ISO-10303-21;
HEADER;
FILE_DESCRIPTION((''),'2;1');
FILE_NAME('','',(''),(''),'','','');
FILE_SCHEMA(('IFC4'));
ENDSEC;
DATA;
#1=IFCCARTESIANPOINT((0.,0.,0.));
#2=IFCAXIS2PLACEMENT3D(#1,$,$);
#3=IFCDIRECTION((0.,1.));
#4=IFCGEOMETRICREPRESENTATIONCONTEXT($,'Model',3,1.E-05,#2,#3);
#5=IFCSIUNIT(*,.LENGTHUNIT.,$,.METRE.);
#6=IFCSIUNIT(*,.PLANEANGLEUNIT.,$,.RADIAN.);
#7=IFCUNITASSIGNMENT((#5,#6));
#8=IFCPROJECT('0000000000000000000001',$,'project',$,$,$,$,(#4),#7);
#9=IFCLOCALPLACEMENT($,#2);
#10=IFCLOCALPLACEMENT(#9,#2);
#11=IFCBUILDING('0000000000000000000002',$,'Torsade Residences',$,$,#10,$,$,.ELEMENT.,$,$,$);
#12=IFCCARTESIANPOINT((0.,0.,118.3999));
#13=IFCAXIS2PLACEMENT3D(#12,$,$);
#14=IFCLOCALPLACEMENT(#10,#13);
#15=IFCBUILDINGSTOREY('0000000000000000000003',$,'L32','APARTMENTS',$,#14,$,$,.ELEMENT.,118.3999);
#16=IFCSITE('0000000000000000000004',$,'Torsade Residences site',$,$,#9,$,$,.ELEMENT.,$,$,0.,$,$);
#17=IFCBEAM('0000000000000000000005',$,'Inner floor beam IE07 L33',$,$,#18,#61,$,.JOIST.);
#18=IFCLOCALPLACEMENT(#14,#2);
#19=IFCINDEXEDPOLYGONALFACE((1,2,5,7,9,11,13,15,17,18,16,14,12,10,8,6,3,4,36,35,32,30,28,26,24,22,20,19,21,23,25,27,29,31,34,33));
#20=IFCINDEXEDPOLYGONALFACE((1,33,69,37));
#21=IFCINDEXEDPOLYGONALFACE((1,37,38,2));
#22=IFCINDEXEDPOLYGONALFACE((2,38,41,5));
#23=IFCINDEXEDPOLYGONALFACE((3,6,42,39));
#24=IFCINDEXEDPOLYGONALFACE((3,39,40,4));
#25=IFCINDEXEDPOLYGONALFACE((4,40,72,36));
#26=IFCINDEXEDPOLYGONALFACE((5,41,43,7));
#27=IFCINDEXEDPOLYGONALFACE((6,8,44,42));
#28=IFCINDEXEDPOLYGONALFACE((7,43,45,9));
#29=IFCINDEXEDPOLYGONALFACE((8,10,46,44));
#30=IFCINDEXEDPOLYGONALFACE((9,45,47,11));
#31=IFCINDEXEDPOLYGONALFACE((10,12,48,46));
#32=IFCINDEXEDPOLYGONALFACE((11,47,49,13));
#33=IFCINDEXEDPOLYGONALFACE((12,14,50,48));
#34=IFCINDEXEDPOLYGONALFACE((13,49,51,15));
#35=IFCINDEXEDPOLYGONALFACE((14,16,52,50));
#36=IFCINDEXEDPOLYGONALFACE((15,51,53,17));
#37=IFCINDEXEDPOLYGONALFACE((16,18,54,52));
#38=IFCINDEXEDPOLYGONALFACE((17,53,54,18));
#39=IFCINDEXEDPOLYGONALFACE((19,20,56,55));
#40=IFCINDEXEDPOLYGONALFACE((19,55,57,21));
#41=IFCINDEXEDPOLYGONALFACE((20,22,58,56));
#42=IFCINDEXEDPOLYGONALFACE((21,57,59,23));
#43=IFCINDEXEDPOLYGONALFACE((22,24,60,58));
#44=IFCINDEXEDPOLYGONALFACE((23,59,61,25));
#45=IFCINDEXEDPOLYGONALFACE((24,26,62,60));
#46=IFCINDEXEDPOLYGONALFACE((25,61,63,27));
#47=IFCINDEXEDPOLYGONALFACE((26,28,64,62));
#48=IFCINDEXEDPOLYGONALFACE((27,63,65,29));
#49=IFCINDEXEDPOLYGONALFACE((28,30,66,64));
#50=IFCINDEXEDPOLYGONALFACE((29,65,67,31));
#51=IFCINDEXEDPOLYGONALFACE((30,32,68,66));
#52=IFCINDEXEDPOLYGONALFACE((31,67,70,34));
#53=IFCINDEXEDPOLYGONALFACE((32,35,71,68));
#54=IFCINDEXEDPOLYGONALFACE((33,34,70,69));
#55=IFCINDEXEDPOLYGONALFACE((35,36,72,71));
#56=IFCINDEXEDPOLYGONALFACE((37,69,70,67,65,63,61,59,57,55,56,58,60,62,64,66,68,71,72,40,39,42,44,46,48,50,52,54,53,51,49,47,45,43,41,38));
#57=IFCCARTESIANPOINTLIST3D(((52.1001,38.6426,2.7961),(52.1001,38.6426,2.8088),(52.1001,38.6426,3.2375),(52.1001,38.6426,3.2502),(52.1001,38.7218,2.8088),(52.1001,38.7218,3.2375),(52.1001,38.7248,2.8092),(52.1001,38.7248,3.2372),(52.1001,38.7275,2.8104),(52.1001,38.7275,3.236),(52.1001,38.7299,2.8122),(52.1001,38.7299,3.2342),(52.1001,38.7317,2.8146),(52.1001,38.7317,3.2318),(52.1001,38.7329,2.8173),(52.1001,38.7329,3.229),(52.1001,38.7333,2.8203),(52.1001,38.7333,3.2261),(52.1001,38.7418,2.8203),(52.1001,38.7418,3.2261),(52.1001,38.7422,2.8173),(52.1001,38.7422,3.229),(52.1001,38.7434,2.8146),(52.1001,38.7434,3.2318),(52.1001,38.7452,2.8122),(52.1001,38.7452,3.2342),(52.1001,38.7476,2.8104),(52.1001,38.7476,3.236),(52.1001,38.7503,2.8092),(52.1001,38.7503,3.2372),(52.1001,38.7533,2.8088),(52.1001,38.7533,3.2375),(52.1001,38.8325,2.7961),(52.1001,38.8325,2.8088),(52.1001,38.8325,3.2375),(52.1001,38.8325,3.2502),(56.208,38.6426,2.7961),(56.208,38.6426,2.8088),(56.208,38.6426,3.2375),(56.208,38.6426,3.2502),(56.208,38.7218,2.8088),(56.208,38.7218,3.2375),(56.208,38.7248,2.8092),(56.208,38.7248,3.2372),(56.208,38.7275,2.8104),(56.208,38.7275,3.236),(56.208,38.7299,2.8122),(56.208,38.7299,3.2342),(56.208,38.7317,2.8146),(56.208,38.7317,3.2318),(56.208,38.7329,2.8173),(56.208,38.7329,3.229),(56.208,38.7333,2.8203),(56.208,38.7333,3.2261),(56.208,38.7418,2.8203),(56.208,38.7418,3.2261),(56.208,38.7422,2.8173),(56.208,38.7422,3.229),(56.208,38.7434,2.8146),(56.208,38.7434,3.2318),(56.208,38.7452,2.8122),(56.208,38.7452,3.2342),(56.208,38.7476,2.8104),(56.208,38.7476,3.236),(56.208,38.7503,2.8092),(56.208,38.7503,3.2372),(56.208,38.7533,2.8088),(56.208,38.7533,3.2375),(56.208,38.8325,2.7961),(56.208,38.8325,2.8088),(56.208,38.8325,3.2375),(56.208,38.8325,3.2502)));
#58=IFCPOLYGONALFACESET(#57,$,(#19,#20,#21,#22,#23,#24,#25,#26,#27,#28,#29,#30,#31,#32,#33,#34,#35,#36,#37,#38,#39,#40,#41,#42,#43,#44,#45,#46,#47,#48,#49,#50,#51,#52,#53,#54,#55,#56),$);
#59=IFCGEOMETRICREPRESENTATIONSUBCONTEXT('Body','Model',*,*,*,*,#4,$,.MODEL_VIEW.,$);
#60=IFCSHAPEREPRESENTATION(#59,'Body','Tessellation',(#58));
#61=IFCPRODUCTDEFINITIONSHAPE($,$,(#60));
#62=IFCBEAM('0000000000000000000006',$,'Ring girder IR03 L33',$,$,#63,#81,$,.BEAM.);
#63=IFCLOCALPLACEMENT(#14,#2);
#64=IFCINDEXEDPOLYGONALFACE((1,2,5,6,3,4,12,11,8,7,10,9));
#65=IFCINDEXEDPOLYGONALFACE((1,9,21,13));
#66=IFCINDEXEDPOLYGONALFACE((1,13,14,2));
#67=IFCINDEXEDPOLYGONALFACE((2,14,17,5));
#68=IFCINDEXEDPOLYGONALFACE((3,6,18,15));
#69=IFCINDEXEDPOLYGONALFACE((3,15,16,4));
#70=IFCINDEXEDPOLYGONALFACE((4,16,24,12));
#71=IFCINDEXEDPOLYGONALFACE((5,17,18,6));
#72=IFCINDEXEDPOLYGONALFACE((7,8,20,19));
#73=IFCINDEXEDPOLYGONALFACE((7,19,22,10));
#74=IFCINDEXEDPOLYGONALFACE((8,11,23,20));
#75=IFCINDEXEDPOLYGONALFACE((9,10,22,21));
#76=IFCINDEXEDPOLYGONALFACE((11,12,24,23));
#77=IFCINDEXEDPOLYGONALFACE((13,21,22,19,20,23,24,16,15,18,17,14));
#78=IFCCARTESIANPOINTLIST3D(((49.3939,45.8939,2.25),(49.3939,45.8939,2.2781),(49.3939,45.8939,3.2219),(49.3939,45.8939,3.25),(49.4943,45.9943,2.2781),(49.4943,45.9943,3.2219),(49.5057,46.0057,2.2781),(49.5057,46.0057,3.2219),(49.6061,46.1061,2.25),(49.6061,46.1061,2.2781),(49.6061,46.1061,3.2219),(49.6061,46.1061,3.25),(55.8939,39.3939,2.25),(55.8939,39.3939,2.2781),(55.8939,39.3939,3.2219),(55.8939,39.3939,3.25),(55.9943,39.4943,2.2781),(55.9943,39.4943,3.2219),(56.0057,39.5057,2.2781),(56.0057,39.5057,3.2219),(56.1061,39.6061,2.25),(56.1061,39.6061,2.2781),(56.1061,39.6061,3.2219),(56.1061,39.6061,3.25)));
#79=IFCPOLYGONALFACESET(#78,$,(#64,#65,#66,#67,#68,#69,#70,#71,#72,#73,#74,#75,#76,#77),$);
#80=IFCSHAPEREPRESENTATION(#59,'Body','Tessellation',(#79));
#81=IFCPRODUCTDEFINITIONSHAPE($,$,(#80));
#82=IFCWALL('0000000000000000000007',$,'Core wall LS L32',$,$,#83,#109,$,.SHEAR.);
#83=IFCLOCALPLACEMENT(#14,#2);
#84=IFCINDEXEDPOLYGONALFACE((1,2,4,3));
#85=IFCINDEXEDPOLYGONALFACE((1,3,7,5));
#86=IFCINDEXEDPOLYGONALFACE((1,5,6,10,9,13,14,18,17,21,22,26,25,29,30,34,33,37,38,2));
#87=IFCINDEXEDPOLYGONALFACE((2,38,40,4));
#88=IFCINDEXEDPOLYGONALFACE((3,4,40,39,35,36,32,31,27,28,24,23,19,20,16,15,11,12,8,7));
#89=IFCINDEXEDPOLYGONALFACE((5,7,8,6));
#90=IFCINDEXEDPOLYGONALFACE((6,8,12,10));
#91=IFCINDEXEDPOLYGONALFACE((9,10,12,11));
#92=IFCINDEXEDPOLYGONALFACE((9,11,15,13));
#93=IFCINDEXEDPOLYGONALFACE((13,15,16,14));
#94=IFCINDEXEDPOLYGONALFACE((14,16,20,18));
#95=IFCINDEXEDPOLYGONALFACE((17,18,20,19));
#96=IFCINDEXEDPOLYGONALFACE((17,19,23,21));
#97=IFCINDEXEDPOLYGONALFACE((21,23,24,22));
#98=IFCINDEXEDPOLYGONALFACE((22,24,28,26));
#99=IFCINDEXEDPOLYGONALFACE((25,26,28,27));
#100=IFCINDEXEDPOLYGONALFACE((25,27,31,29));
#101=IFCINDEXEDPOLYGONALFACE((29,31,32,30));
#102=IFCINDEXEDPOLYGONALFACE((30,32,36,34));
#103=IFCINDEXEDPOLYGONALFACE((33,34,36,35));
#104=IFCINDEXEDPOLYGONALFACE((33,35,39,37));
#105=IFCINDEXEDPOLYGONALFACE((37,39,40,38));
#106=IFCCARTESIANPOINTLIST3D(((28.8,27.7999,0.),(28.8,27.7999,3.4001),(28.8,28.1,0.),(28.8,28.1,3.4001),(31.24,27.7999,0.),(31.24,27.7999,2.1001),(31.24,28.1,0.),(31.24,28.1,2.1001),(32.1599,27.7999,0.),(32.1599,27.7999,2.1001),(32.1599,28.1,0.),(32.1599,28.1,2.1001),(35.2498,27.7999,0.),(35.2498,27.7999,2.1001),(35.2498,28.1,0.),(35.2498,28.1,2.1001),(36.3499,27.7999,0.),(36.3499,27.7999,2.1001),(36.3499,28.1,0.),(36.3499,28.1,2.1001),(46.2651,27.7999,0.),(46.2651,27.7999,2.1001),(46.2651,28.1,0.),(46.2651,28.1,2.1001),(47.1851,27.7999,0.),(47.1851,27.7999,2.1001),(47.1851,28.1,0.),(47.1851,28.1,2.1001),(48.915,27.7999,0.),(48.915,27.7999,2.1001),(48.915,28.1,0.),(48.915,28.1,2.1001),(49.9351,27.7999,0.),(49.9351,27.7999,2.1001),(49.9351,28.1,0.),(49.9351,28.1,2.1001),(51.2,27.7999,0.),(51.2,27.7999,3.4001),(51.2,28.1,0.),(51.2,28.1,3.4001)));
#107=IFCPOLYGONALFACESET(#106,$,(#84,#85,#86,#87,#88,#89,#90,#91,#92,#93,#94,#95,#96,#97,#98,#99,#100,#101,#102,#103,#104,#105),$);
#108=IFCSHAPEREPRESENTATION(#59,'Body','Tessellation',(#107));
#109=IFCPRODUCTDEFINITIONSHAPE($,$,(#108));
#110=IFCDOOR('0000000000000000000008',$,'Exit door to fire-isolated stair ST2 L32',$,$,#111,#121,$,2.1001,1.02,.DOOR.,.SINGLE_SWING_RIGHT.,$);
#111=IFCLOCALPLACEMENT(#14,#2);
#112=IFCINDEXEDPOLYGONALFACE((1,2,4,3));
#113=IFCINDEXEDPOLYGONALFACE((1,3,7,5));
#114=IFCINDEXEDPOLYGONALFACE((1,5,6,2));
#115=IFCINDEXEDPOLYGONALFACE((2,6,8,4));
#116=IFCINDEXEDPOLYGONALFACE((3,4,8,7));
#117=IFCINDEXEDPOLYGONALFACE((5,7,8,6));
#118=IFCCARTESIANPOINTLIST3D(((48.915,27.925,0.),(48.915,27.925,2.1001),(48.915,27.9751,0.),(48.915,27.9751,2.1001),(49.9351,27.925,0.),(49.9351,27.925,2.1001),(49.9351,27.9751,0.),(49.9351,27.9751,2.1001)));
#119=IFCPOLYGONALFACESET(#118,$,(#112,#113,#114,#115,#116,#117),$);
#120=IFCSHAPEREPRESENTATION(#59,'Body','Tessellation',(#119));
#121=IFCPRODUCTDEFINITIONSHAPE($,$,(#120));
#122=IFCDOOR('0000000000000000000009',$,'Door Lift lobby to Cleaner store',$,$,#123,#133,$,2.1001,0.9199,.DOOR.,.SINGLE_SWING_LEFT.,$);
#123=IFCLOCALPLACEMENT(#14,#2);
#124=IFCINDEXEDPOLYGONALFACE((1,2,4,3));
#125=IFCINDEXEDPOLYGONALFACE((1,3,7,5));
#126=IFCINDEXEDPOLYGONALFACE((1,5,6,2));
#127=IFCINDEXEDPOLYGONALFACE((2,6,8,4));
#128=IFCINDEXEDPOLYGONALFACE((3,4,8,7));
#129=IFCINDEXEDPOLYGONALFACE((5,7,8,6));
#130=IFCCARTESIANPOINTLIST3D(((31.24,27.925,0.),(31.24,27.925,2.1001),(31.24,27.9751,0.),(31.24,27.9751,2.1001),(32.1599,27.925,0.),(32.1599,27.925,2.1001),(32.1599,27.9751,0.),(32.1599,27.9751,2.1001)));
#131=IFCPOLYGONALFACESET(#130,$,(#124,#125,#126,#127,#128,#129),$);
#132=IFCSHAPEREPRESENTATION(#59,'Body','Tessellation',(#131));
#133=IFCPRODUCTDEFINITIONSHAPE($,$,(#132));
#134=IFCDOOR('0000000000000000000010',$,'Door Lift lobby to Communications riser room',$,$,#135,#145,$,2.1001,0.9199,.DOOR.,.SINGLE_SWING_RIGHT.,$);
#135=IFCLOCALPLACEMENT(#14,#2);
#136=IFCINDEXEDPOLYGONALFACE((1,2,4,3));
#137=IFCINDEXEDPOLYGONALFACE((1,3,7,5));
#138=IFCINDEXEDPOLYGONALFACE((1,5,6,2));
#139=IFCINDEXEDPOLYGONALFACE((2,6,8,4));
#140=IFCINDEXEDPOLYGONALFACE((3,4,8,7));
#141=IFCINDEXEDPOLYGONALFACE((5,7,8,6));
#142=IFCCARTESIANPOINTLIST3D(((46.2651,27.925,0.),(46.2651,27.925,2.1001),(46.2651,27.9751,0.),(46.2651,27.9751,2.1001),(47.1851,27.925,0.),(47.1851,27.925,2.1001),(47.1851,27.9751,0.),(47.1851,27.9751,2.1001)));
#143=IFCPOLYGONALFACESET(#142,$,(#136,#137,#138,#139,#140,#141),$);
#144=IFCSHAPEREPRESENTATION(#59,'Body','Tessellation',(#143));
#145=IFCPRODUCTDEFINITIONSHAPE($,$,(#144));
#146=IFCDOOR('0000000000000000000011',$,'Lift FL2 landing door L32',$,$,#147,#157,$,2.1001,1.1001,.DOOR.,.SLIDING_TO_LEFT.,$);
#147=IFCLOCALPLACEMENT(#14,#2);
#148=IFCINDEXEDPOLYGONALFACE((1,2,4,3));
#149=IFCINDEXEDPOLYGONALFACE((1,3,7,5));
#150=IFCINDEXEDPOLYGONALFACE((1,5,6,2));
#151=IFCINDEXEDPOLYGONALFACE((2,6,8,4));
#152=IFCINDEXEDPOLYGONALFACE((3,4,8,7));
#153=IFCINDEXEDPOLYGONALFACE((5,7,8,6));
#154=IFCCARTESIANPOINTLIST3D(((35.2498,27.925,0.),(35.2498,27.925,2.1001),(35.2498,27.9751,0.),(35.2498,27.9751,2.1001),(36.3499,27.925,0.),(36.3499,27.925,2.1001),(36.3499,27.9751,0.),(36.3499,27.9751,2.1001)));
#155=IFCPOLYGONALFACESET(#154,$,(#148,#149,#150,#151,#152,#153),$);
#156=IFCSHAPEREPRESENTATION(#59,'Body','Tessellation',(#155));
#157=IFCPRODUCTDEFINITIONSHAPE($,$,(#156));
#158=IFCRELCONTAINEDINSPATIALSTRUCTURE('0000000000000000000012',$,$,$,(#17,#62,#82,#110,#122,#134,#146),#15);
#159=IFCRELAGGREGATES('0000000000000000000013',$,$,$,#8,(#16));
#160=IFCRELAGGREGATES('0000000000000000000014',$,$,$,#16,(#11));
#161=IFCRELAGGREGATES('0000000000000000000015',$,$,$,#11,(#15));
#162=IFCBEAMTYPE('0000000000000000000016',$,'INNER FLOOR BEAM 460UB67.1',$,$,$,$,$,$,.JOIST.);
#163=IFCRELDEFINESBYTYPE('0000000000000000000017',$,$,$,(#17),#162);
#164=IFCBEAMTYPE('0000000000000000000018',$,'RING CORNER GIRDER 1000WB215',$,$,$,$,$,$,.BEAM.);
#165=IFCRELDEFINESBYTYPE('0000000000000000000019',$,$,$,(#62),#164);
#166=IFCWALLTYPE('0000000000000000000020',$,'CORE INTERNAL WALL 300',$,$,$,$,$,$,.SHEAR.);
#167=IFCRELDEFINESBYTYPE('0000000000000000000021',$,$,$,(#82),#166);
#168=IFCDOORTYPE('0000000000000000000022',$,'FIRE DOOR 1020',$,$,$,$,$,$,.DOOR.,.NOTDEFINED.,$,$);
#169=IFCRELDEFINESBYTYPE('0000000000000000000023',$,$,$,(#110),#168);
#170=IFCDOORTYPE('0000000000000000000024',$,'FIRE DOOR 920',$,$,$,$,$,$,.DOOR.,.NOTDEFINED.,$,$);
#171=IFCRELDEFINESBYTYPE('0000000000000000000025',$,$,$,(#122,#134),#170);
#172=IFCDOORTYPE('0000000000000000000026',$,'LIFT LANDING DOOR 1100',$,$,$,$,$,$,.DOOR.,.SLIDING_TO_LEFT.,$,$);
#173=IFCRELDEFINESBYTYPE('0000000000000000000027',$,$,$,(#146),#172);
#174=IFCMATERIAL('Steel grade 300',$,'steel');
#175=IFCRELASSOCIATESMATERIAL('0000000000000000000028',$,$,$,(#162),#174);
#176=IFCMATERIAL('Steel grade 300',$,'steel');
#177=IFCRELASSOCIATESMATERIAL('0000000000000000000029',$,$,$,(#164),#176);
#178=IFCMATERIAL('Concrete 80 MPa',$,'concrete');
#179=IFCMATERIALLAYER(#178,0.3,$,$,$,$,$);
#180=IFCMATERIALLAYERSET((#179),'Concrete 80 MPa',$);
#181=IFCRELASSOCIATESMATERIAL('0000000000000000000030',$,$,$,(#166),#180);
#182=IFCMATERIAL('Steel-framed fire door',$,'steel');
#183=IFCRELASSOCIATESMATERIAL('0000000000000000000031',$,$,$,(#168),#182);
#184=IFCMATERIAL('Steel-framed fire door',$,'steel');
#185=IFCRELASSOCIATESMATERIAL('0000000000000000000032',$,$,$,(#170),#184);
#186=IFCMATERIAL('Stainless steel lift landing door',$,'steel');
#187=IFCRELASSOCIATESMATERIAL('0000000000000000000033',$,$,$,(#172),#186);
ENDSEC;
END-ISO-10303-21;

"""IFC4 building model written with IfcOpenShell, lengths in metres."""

from ifc_helpers import new_model, si_unit, direction, frame, frame_2d, origin, origin_2d, place, context, subcontext, project, spatial, rectangle, i_section, extrude, material, layer, layer_set, material_profile, profile_set, type_object, element, fill, save


model = new_model("IFC4")

# Units and contexts
model_context = context("Model", 3, precision=1e-05, world=origin(), true_north=direction((0.0, 1.0)))
body_context = subcontext(model_context, "Body", "Model", "MODEL_VIEW")
ifc_project = project(units=[si_unit("LENGTHUNIT", "METRE"), si_unit("PLANEANGLEUNIT", "RADIAN")], contexts=[model_context])

# Site, building, storey
site_placement = place(None, origin())
site = spatial("IfcSite", under=ifc_project, at=site_placement, Name="Torsade Residences site", CompositionType="ELEMENT", RefElevation=0.0)
building_placement = place(site_placement, origin())
building = spatial("IfcBuilding", under=site, at=building_placement, Name="Torsade Residences", CompositionType="ELEMENT")
storey_placement = place(building_placement, frame((0.0, 0.0, 118.3999)))
storey = spatial("IfcBuildingStorey", under=building, at=storey_placement, Name="L32", Description="APARTMENTS", CompositionType="ELEMENT", Elevation=118.3999)

# Beams
ifc_material_1 = material(Name="Steel grade 300", Category="steel")
ifc_material_profile_1 = material_profile(ifc_material_1, i_section(OverallWidth=0.1899, OverallDepth=0.4541, WebThickness=0.0085, FlangeThickness=0.0127, FilletRadius=0.0115, at=origin_2d()), Name="460UB67.1")
ifc_profile_set_1 = profile_set([ifc_material_profile_1], Name="Steel grade 300")
beam_type_1 = type_object("IfcBeamType", Name="INNER FLOOR BEAM 460UB67.1", PredefinedType="JOIST", material=ifc_profile_set_1)
beam_1_placement = place(storey_placement, frame((52.1001, 38.7375, 3.0232), z_axis=(1.0, 0.0, 0.0), x_axis=(0.0, 1.0, 0.0)))
element("IfcBeam", 1, at=beam_1_placement, inside=storey, type_object=beam_type_1, Name="Inner floor beam IE07 L33", PredefinedType="JOIST", context=body_context, shape_type="SweptSolid", body=[
    extrude(i_section(OverallWidth=0.1899, OverallDepth=0.4541, WebThickness=0.0085, FlangeThickness=0.0127, FilletRadius=0.0115, at=origin_2d()), origin(), (0.0, 0.0, 1.0), 4.1079),
])
ifc_material_2 = material(Name="Steel grade 300", Category="steel")
ifc_material_profile_2 = material_profile(ifc_material_2, i_section(OverallWidth=0.3, OverallDepth=1.0, WebThickness=0.0161, FlangeThickness=0.0281, at=origin_2d()), Name="1000WB215")
ifc_profile_set_2 = profile_set([ifc_material_profile_2], Name="Steel grade 300")
beam_type_2 = type_object("IfcBeamType", Name="RING CORNER GIRDER 1000WB215", PredefinedType="BEAM", material=ifc_profile_set_2)
beam_2_placement = place(storey_placement, frame((56.0, 39.5, 2.75), z_axis=(-0.707107, 0.707107, 0.0), x_axis=(-0.707107, -0.707107, 0.0)))
element("IfcBeam", 2, at=beam_2_placement, inside=storey, type_object=beam_type_2, Name="Ring girder IR03 L33", PredefinedType="BEAM", context=body_context, shape_type="SweptSolid", body=[
    extrude(i_section(OverallWidth=0.3, OverallDepth=1.0, WebThickness=0.0161, FlangeThickness=0.0281, at=origin_2d()), origin(), (0.0, 0.0, 1.0), 9.1924),
])

# Wall, openings, doors
ifc_material_3 = material(Name="Concrete 80 MPa", Category="concrete")
ifc_layer_1 = layer(ifc_material_3, 0.3)
ifc_layer_set_1 = layer_set([ifc_layer_1], Name="Concrete 80 MPa")
wall_type_1 = type_object("IfcWallType", Name="CORE INTERNAL WALL 300", PredefinedType="SHEAR", material=ifc_layer_set_1)
wall_1_placement = place(storey_placement, frame((51.2, 27.95, 0.0), z_axis=(0.0, 0.0, 1.0), x_axis=(-1.0, 0.0, 0.0)))
wall_1 = element("IfcWall", 3, at=wall_1_placement, inside=storey, type_object=wall_type_1, Name="Core wall LS L32", PredefinedType="SHEAR", context=body_context, shape_type="SweptSolid", body=[
    extrude(rectangle(XDim=22.3999, YDim=0.3, at=frame_2d((11.2, 0.0))), origin(), (0.0, 0.0, 1.0), 3.4001),
])
opening_1_placement = place(wall_1_placement, frame((19.04, 0.0, 0.0)))
opening_1 = element("IfcOpeningElement", 4, at=opening_1_placement, cuts=wall_1, PredefinedType="OPENING", context=body_context, shape_type="SweptSolid", body=[
    extrude(rectangle(XDim=0.9199, YDim=2.1001, at=frame_2d((0.46, 1.05))), frame((0.0, 0.1599, 0.0), z_axis=(0.0, -1.0, 0.0), x_axis=(1.0, 0.0, 0.0)), (0.0, 0.0, 1.0), 0.3201),
])
opening_2_placement = place(wall_1_placement, frame((1.2649, 0.0, 0.0)))
opening_2 = element("IfcOpeningElement", 5, at=opening_2_placement, cuts=wall_1, PredefinedType="OPENING", context=body_context, shape_type="SweptSolid", body=[
    extrude(rectangle(XDim=1.02, YDim=2.1001, at=frame_2d((0.51, 1.05))), frame((0.0, 0.1599, 0.0), z_axis=(0.0, -1.0, 0.0), x_axis=(1.0, 0.0, 0.0)), (0.0, 0.0, 1.0), 0.3201),
])
opening_3_placement = place(wall_1_placement, frame((4.0149, 0.0, 0.0)))
opening_3 = element("IfcOpeningElement", 6, at=opening_3_placement, cuts=wall_1, PredefinedType="OPENING", context=body_context, shape_type="SweptSolid", body=[
    extrude(rectangle(XDim=0.9199, YDim=2.1001, at=frame_2d((0.46, 1.05))), frame((0.0, 0.1599, 0.0), z_axis=(0.0, -1.0, 0.0), x_axis=(1.0, 0.0, 0.0)), (0.0, 0.0, 1.0), 0.3201),
])
opening_4_placement = place(wall_1_placement, frame((14.8501, 0.0, 0.0)))
opening_4 = element("IfcOpeningElement", 7, at=opening_4_placement, cuts=wall_1, PredefinedType="OPENING", context=body_context, shape_type="SweptSolid", body=[
    extrude(rectangle(XDim=1.1001, YDim=2.1001, at=frame_2d((0.55, 1.05))), frame((0.0, 0.1599, 0.0), z_axis=(0.0, -1.0, 0.0), x_axis=(1.0, 0.0, 0.0)), (0.0, 0.0, 1.0), 0.3201),
])
ifc_material_4 = material(Name="Steel-framed fire door", Category="steel")
door_type_1 = type_object("IfcDoorType", Name="FIRE DOOR 1020", OperationType="NOTDEFINED", PredefinedType="DOOR", material=ifc_material_4)
door_1_placement = place(opening_2_placement, origin())
door_1 = element("IfcDoor", 8, at=door_1_placement, inside=storey, type_object=door_type_1, Name="Exit door to fire-isolated stair ST2 L32", OperationType="SINGLE_SWING_RIGHT", OverallHeight=2.1001, OverallWidth=1.02, PredefinedType="DOOR", context=body_context, shape_type="SweptSolid", body=[
    extrude(rectangle(XDim=1.02, YDim=2.1001, at=frame_2d((0.51, 1.05))), frame((0.0, 0.0249, 0.0), z_axis=(0.0, -1.0, 0.0), x_axis=(1.0, 0.0, 0.0)), (0.0, 0.0, 1.0), 0.05),
])
fill(opening_2, door_1)
ifc_material_5 = material(Name="Steel-framed fire door", Category="steel")
door_type_2 = type_object("IfcDoorType", Name="FIRE DOOR 920", OperationType="NOTDEFINED", PredefinedType="DOOR", material=ifc_material_5)
door_2_placement = place(opening_1_placement, origin())
door_2 = element("IfcDoor", 9, at=door_2_placement, inside=storey, type_object=door_type_2, Name="Door Lift lobby to Cleaner store", OperationType="SINGLE_SWING_LEFT", OverallHeight=2.1001, OverallWidth=0.9199, PredefinedType="DOOR", context=body_context, shape_type="SweptSolid", body=[
    extrude(rectangle(XDim=0.9199, YDim=2.1001, at=frame_2d((0.46, 1.05))), frame((0.0, 0.0249, 0.0), z_axis=(0.0, -1.0, 0.0), x_axis=(1.0, 0.0, 0.0)), (0.0, 0.0, 1.0), 0.05),
])
fill(opening_1, door_2)
door_3_placement = place(opening_3_placement, origin())
door_3 = element("IfcDoor", 10, at=door_3_placement, inside=storey, type_object=door_type_2, Name="Door Lift lobby to Communications riser room", OperationType="SINGLE_SWING_RIGHT", OverallHeight=2.1001, OverallWidth=0.9199, PredefinedType="DOOR", context=body_context, shape_type="SweptSolid", body=[
    extrude(rectangle(XDim=0.9199, YDim=2.1001, at=frame_2d((0.46, 1.05))), frame((0.0, 0.0249, 0.0), z_axis=(0.0, -1.0, 0.0), x_axis=(1.0, 0.0, 0.0)), (0.0, 0.0, 1.0), 0.05),
])
fill(opening_3, door_3)
ifc_material_6 = material(Name="Stainless steel lift landing door", Category="steel")
door_type_3 = type_object("IfcDoorType", Name="LIFT LANDING DOOR 1100", OperationType="SLIDING_TO_LEFT", PredefinedType="DOOR", material=ifc_material_6)
door_4_placement = place(opening_4_placement, origin())
door_4 = element("IfcDoor", 11, at=door_4_placement, inside=storey, type_object=door_type_3, Name="Lift FL2 landing door L32", OperationType="SLIDING_TO_LEFT", OverallHeight=2.1001, OverallWidth=1.1001, PredefinedType="DOOR", context=body_context, shape_type="SweptSolid", body=[
    extrude(rectangle(XDim=1.1001, YDim=2.1001, at=frame_2d((0.55, 1.05))), frame((0.0, 0.0249, 0.0), z_axis=(0.0, -1.0, 0.0), x_axis=(1.0, 0.0, 0.0)), (0.0, 0.0, 1.0), 0.05),
])
fill(opening_4, door_4)

save(model, "model.ifc")
